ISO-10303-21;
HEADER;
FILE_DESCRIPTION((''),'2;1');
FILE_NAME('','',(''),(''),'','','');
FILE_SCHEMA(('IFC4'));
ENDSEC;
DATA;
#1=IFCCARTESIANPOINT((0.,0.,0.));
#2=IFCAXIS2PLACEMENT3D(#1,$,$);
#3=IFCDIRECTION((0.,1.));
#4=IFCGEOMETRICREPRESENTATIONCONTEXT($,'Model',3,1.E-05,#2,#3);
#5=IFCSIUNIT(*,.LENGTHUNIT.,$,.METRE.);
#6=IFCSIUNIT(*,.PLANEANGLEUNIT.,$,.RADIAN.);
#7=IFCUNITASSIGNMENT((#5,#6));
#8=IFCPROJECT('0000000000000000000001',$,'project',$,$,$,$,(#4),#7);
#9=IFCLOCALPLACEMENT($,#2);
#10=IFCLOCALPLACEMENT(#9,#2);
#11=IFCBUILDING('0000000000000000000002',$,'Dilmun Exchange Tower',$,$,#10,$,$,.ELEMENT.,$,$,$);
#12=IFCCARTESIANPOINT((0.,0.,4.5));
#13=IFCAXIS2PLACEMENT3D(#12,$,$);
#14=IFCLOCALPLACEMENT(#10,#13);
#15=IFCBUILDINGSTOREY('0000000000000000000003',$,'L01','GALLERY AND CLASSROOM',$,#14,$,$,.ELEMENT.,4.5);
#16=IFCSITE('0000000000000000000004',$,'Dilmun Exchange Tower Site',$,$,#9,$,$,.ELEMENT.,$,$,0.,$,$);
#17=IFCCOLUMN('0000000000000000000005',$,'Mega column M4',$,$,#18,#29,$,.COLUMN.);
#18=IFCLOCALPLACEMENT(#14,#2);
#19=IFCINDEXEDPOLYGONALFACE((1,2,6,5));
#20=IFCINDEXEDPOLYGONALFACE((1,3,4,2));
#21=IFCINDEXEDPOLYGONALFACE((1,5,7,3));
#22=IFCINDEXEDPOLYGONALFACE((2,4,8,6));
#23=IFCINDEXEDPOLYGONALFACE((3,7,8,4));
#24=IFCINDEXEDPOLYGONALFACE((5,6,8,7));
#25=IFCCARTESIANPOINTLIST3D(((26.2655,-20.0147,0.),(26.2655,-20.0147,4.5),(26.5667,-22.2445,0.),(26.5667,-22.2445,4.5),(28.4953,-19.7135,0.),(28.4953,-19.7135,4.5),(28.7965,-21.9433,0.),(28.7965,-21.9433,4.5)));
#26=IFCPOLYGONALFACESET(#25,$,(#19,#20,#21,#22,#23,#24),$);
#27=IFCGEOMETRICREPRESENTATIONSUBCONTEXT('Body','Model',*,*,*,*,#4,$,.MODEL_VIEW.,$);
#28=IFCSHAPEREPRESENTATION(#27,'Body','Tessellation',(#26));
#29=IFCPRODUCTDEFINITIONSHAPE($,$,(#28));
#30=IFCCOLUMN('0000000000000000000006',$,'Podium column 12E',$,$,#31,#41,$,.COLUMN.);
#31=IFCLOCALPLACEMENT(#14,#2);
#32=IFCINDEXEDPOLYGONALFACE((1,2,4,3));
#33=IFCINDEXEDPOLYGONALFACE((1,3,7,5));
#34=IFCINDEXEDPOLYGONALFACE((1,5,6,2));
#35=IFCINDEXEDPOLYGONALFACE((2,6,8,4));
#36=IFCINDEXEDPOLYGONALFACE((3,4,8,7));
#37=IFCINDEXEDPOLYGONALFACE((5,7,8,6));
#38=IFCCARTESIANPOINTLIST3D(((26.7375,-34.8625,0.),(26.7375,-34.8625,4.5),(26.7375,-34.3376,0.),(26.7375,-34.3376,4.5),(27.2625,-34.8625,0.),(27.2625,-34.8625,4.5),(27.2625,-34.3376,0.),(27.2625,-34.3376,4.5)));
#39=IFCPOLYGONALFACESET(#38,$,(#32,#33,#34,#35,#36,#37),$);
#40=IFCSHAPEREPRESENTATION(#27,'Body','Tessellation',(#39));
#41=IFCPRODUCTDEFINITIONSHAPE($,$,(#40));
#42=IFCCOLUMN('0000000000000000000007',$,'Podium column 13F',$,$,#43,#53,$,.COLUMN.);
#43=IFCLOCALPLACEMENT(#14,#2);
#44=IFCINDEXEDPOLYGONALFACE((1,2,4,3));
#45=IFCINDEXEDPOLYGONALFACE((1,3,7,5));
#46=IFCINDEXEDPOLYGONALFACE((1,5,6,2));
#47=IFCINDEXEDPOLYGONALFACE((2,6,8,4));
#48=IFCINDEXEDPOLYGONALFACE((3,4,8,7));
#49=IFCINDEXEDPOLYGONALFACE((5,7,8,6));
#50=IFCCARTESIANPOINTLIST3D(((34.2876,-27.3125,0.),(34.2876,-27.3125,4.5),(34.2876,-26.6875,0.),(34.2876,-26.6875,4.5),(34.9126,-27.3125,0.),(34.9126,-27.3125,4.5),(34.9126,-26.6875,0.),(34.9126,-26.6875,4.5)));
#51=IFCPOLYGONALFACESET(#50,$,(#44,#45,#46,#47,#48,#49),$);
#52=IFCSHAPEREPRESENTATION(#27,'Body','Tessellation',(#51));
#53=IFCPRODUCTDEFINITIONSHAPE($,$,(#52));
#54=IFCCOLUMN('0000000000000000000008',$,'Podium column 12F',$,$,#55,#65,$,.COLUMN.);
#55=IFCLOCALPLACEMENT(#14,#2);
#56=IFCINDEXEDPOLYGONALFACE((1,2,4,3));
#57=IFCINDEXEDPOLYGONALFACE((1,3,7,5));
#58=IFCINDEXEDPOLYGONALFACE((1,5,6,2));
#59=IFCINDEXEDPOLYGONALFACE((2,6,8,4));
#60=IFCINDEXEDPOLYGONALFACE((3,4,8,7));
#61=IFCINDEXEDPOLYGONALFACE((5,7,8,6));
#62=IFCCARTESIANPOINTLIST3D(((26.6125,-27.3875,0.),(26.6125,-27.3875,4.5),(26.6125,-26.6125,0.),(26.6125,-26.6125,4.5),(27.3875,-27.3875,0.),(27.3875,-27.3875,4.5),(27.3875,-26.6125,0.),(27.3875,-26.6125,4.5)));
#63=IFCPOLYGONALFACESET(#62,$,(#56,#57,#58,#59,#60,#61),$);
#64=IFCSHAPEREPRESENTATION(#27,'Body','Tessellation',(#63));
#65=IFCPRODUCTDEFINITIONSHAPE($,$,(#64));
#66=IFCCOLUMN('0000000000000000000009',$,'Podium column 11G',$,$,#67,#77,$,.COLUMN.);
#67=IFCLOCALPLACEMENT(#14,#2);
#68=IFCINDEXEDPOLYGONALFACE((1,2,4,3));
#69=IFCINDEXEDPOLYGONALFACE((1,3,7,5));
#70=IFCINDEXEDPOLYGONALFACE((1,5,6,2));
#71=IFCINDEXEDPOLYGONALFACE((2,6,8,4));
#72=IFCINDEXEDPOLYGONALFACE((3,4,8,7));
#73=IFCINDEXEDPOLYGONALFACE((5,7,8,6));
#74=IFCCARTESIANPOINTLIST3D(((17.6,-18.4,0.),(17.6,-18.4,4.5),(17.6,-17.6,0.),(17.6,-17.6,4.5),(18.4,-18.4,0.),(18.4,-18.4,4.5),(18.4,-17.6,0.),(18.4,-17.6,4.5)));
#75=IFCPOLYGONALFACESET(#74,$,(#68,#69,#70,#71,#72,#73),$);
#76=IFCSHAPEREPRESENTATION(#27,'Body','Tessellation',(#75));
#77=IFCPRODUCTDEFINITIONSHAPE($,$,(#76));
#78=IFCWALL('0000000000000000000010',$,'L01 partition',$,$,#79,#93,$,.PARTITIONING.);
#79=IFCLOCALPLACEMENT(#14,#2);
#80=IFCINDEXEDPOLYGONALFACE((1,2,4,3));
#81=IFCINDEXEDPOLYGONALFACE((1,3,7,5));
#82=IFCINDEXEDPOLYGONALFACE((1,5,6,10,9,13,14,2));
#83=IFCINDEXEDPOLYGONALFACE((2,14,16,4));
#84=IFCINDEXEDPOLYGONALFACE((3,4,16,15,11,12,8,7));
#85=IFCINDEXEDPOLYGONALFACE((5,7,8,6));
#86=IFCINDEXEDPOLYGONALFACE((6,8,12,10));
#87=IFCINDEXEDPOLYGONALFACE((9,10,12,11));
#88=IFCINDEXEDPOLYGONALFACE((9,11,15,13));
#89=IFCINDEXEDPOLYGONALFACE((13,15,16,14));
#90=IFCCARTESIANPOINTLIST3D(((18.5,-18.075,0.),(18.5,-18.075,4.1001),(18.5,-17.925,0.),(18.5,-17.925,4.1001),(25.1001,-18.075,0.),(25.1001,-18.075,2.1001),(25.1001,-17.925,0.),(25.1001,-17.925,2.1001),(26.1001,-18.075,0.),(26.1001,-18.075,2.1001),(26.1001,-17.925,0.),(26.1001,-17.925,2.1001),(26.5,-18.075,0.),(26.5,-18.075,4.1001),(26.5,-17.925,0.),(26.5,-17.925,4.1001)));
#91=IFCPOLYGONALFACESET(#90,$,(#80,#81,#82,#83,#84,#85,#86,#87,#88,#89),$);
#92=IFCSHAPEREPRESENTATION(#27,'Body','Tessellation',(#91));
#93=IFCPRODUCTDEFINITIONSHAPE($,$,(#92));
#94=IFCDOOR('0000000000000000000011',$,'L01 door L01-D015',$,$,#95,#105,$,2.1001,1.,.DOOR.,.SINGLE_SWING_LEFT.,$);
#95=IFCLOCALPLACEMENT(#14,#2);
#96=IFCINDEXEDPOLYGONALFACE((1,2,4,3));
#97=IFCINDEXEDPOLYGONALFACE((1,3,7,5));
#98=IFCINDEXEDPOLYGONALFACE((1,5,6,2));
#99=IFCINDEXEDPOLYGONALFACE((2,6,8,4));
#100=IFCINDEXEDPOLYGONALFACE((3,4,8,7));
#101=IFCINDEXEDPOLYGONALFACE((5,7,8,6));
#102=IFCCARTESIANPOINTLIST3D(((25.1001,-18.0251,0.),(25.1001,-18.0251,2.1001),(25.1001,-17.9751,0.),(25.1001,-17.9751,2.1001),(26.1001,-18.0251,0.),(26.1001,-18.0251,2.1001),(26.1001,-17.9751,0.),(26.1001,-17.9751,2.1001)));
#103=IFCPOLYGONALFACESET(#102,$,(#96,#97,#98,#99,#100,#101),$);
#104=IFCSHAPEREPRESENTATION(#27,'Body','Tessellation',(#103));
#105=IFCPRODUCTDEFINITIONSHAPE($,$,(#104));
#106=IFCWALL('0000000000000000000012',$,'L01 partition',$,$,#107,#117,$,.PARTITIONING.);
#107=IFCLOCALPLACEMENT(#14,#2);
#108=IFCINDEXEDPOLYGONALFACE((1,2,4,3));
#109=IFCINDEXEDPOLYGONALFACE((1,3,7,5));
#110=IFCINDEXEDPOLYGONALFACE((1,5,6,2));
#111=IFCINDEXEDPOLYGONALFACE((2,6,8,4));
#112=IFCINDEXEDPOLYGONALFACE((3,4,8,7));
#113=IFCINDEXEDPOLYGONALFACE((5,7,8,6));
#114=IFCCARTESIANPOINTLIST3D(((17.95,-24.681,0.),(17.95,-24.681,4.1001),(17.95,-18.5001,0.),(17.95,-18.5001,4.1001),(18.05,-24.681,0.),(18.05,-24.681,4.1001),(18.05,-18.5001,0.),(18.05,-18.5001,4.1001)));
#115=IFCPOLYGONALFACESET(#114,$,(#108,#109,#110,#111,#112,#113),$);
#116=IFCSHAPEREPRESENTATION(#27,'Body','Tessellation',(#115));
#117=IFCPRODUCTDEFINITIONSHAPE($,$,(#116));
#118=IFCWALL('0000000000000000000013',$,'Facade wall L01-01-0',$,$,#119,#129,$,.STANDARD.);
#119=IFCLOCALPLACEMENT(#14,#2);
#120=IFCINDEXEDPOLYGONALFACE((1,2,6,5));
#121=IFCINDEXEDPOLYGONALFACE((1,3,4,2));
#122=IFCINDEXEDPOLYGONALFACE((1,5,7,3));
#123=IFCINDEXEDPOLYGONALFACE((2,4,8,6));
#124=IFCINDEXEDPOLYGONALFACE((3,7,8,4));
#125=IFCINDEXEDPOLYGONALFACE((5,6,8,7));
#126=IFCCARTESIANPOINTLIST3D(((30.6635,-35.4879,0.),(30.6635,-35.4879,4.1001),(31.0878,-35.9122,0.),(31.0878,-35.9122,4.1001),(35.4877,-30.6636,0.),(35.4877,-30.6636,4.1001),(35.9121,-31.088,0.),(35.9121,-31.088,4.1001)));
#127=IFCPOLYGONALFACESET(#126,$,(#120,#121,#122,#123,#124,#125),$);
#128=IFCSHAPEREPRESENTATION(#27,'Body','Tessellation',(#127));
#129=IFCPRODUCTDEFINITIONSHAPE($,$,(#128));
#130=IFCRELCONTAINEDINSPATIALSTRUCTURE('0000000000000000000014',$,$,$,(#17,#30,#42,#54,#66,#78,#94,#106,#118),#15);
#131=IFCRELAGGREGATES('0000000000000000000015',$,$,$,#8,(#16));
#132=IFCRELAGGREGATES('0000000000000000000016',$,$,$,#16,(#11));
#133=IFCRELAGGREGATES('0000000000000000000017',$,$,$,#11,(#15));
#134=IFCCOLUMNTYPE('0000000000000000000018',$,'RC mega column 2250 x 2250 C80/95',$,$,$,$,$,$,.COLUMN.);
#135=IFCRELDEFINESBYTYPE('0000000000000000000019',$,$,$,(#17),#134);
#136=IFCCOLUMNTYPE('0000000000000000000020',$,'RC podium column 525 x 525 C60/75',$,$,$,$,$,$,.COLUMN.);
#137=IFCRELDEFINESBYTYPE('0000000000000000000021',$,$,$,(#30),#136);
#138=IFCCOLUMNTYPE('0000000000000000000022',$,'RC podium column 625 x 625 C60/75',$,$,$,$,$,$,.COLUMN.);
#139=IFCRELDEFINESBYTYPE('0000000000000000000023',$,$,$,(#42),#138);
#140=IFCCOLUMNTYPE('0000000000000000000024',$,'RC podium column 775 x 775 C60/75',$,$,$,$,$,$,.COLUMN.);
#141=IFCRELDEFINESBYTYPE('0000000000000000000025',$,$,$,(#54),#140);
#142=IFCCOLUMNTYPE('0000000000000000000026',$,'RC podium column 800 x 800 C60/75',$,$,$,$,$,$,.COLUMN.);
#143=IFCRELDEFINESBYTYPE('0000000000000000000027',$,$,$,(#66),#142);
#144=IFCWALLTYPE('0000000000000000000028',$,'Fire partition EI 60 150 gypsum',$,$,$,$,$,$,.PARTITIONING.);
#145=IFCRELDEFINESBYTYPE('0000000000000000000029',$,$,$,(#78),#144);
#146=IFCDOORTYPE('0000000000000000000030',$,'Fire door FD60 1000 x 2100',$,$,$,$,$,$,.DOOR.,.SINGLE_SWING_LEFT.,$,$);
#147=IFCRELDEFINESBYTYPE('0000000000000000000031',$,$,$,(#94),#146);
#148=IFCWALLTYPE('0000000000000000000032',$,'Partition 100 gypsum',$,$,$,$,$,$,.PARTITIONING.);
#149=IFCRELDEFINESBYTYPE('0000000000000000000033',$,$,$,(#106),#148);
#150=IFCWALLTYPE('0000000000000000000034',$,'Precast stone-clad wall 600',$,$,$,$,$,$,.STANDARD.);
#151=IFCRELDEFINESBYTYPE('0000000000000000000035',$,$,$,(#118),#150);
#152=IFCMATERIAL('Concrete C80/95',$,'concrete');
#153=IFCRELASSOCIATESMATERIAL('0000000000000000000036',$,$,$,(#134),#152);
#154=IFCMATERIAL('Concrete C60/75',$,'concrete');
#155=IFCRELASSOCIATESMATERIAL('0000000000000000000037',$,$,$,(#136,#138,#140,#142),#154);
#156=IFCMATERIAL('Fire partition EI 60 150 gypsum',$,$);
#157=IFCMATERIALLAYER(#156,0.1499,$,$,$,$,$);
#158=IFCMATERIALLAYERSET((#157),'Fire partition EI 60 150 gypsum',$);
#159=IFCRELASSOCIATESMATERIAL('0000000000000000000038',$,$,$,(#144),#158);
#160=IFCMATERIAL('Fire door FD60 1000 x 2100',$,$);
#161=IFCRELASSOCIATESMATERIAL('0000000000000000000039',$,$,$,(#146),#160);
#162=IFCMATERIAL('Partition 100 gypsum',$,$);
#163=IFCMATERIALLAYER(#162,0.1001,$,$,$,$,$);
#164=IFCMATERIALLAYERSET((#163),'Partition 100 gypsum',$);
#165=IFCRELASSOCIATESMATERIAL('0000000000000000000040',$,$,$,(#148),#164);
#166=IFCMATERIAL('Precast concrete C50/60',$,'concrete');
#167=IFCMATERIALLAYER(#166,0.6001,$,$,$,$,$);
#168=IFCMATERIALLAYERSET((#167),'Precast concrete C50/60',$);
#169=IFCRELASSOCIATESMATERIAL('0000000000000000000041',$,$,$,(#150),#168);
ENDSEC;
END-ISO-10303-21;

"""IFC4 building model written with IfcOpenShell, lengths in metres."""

from ifc_helpers import new_model, si_unit, direction, frame, frame_2d, origin, origin_2d, place, context, subcontext, project, spatial, rectangle, extrude, material, layer, layer_set, material_profile, profile_set, type_object, element, fill, save


model = new_model("IFC4")

# Units and contexts
model_context = context("Model", 3, precision=1e-05, world=origin(), true_north=direction((0.0, 1.0)))
body_context = subcontext(model_context, "Body", "Model", "MODEL_VIEW")
ifc_project = project(units=[si_unit("LENGTHUNIT", "METRE"), si_unit("PLANEANGLEUNIT", "RADIAN")], contexts=[model_context])

# Site, building, storey
site_placement = place(None, origin())
site = spatial("IfcSite", under=ifc_project, at=site_placement, Name="Dilmun Exchange Tower Site", CompositionType="ELEMENT", RefElevation=0.0)
building_placement = place(site_placement, origin())
building = spatial("IfcBuilding", under=site, at=building_placement, Name="Dilmun Exchange Tower", CompositionType="ELEMENT")
storey_placement = place(building_placement, frame((0.0, 0.0, 4.5)))
storey = spatial("IfcBuildingStorey", under=building, at=storey_placement, Name="L01", Description="GALLERY AND CLASSROOM", CompositionType="ELEMENT", Elevation=4.5)

# Columns
ifc_material_1 = material(Name="Concrete C80/95", Category="concrete")
ifc_material_profile_1 = material_profile(ifc_material_1, rectangle(XDim=2.25, YDim=2.25, at=origin_2d()), Name="2250 x 2250")
ifc_profile_set_1 = profile_set([ifc_material_profile_1], Name="Concrete C80/95")
column_type_1 = type_object("IfcColumnType", Name="RC mega column 2250 x 2250 C80/95", PredefinedType="COLUMN", material=ifc_profile_set_1)
column_1_placement = place(storey_placement, frame((27.531, -20.979, 0.0), z_axis=(0.0, 0.0, 1.0), x_axis=(0.991001, 0.133853, 0.0)))
element("IfcColumn", 1, at=column_1_placement, inside=storey, type_object=column_type_1, Name="Mega column M4", PredefinedType="COLUMN", context=body_context, shape_type="SweptSolid", body=[
    extrude(rectangle(XDim=2.25, YDim=2.25, at=origin_2d()), origin(), (0.0, 0.0, 1.0), 4.5),
])
ifc_material_2 = material(Name="Concrete C60/75", Category="concrete")
ifc_material_profile_2 = material_profile(ifc_material_2, rectangle(XDim=0.5249, YDim=0.5249, at=origin_2d()), Name="525 x 525")
ifc_profile_set_2 = profile_set([ifc_material_profile_2], Name="Concrete C60/75")
column_type_2 = type_object("IfcColumnType", Name="RC podium column 525 x 525 C60/75", PredefinedType="COLUMN", material=ifc_profile_set_2)
column_2_placement = place(storey_placement, frame((27.0, -34.6001, 0.0), z_axis=(0.0, 0.0, 1.0), x_axis=(1.0, 0.0, 0.0)))
element("IfcColumn", 2, at=column_2_placement, inside=storey, type_object=column_type_2, Name="Podium column 12E", PredefinedType="COLUMN", context=body_context, shape_type="SweptSolid", body=[
    extrude(rectangle(XDim=0.5249, YDim=0.5249, at=origin_2d()), origin(), (0.0, 0.0, 1.0), 4.5),
])
ifc_material_profile_3 = material_profile(ifc_material_2, rectangle(XDim=0.625, YDim=0.625, at=origin_2d()), Name="625 x 625")
ifc_profile_set_3 = profile_set([ifc_material_profile_3], Name="Concrete C60/75")
column_type_3 = type_object("IfcColumnType", Name="RC podium column 625 x 625 C60/75", PredefinedType="COLUMN", material=ifc_profile_set_3)
column_3_placement = place(storey_placement, frame((34.6001, -27.0, 0.0), z_axis=(0.0, 0.0, 1.0), x_axis=(1.0, 0.0, 0.0)))
element("IfcColumn", 3, at=column_3_placement, inside=storey, type_object=column_type_3, Name="Podium column 13F", PredefinedType="COLUMN", context=body_context, shape_type="SweptSolid", body=[
    extrude(rectangle(XDim=0.625, YDim=0.625, at=origin_2d()), origin(), (0.0, 0.0, 1.0), 4.5),
])
ifc_material_profile_4 = material_profile(ifc_material_2, rectangle(XDim=0.7749, YDim=0.7749, at=origin_2d()), Name="775 x 775")
ifc_profile_set_4 = profile_set([ifc_material_profile_4], Name="Concrete C60/75")
column_type_4 = type_object("IfcColumnType", Name="RC podium column 775 x 775 C60/75", PredefinedType="COLUMN", material=ifc_profile_set_4)
column_4_placement = place(storey_placement, frame((27.0, -27.0, 0.0), z_axis=(0.0, 0.0, 1.0), x_axis=(1.0, 0.0, 0.0)))
element("IfcColumn", 4, at=column_4_placement, inside=storey, type_object=column_type_4, Name="Podium column 12F", PredefinedType="COLUMN", context=body_context, shape_type="SweptSolid", body=[
    extrude(rectangle(XDim=0.7749, YDim=0.7749, at=origin_2d()), origin(), (0.0, 0.0, 1.0), 4.5),
])
ifc_material_profile_5 = material_profile(ifc_material_2, rectangle(XDim=0.8, YDim=0.8, at=origin_2d()), Name="800 x 800")
ifc_profile_set_5 = profile_set([ifc_material_profile_5], Name="Concrete C60/75")
column_type_5 = type_object("IfcColumnType", Name="RC podium column 800 x 800 C60/75", PredefinedType="COLUMN", material=ifc_profile_set_5)
column_5_placement = place(storey_placement, frame((18.0, -18.0, 0.0), z_axis=(0.0, 0.0, 1.0), x_axis=(1.0, 0.0, 0.0)))
element("IfcColumn", 5, at=column_5_placement, inside=storey, type_object=column_type_5, Name="Podium column 11G", PredefinedType="COLUMN", context=body_context, shape_type="SweptSolid", body=[
    extrude(rectangle(XDim=0.8, YDim=0.8, at=origin_2d()), origin(), (0.0, 0.0, 1.0), 4.5),
])

# Wall, opening, door
ifc_material_3 = material(Name="Fire partition EI 60 150 gypsum")
ifc_layer_1 = layer(ifc_material_3, 0.1499)
ifc_layer_set_1 = layer_set([ifc_layer_1], Name="Fire partition EI 60 150 gypsum")
wall_type_1 = type_object("IfcWallType", Name="Fire partition EI 60 150 gypsum", PredefinedType="PARTITIONING", material=ifc_layer_set_1)
wall_1_placement = place(storey_placement, frame((18.5, -18.0, 0.0), z_axis=(0.0, 0.0, 1.0), x_axis=(1.0, 0.0, 0.0)))
wall_1 = element("IfcWall", 6, at=wall_1_placement, inside=storey, type_object=wall_type_1, Name="L01 partition", PredefinedType="PARTITIONING", context=body_context, shape_type="SweptSolid", body=[
    extrude(rectangle(XDim=8.0, YDim=0.1499, at=frame_2d((4.0, 0.0))), origin(), (0.0, 0.0, 1.0), 4.1001),
])
opening_1_placement = place(wall_1_placement, frame((6.6001, 0.0, 0.0)))
opening_1 = element("IfcOpeningElement", 7, at=opening_1_placement, cuts=wall_1, PredefinedType="OPENING", context=body_context, shape_type="SweptSolid", body=[
    extrude(rectangle(XDim=1.0, YDim=2.1001, at=frame_2d((0.5, 1.05))), frame((0.0, 0.085, 0.0), z_axis=(0.0, -1.0, 0.0), x_axis=(1.0, 0.0, 0.0)), (0.0, 0.0, 1.0), 0.1699),
])
ifc_material_4 = material(Name="Fire door FD60 1000 x 2100")
door_type = type_object("IfcDoorType", Name="Fire door FD60 1000 x 2100", OperationType="SINGLE_SWING_LEFT", PredefinedType="DOOR", material=ifc_material_4)
door_placement = place(opening_1_placement, origin())
door = element("IfcDoor", 8, at=door_placement, inside=storey, type_object=door_type, Name="L01 door L01-D015", OperationType="SINGLE_SWING_LEFT", OverallHeight=2.1001, OverallWidth=1.0, PredefinedType="DOOR", context=body_context, shape_type="SweptSolid", body=[
    extrude(rectangle(XDim=1.0, YDim=2.1001, at=frame_2d((0.5, 1.05))), frame((0.0, 0.0249, 0.0), z_axis=(0.0, -1.0, 0.0), x_axis=(1.0, 0.0, 0.0)), (0.0, 0.0, 1.0), 0.05),
])
fill(opening_1, door)

# Walls
ifc_material_5 = material(Name="Partition 100 gypsum")
ifc_layer_2 = layer(ifc_material_5, 0.1001)
ifc_layer_set_2 = layer_set([ifc_layer_2], Name="Partition 100 gypsum")
wall_type_2 = type_object("IfcWallType", Name="Partition 100 gypsum", PredefinedType="PARTITIONING", material=ifc_layer_set_2)
wall_2_placement = place(storey_placement, frame((18.0, -24.6809, 0.0), z_axis=(0.0, 0.0, 1.0), x_axis=(0.0, 1.0, 0.0)))
element("IfcWall", 9, at=wall_2_placement, inside=storey, type_object=wall_type_2, Name="L01 partition", PredefinedType="PARTITIONING", context=body_context, shape_type="SweptSolid", body=[
    extrude(rectangle(XDim=6.1809, YDim=0.1001, at=frame_2d((3.0903, 0.0))), origin(), (0.0, 0.0, 1.0), 4.1001),
])
ifc_material_6 = material(Name="Precast concrete C50/60", Category="concrete")
ifc_layer_3 = layer(ifc_material_6, 0.6001)
ifc_layer_set_3 = layer_set([ifc_layer_3], Name="Precast concrete C50/60")
wall_type_3 = type_object("IfcWallType", Name="Precast stone-clad wall 600", PredefinedType="STANDARD", material=ifc_layer_set_3)
wall_3_placement = place(storey_placement, frame((30.8757, -35.7, 0.0), z_axis=(0.0, 0.0, 1.0), x_axis=(0.707107, 0.707107, 0.0)))
element("IfcWall", 10, at=wall_3_placement, inside=storey, type_object=wall_type_3, Name="Facade wall L01-01-0", PredefinedType="STANDARD", context=body_context, shape_type="SweptSolid", body=[
    extrude(rectangle(XDim=6.8225, YDim=0.6001, at=frame_2d((3.4111, 0.0))), origin(), (0.0, 0.0, 1.0), 4.1001),
])

save(model, "model.ifc")
